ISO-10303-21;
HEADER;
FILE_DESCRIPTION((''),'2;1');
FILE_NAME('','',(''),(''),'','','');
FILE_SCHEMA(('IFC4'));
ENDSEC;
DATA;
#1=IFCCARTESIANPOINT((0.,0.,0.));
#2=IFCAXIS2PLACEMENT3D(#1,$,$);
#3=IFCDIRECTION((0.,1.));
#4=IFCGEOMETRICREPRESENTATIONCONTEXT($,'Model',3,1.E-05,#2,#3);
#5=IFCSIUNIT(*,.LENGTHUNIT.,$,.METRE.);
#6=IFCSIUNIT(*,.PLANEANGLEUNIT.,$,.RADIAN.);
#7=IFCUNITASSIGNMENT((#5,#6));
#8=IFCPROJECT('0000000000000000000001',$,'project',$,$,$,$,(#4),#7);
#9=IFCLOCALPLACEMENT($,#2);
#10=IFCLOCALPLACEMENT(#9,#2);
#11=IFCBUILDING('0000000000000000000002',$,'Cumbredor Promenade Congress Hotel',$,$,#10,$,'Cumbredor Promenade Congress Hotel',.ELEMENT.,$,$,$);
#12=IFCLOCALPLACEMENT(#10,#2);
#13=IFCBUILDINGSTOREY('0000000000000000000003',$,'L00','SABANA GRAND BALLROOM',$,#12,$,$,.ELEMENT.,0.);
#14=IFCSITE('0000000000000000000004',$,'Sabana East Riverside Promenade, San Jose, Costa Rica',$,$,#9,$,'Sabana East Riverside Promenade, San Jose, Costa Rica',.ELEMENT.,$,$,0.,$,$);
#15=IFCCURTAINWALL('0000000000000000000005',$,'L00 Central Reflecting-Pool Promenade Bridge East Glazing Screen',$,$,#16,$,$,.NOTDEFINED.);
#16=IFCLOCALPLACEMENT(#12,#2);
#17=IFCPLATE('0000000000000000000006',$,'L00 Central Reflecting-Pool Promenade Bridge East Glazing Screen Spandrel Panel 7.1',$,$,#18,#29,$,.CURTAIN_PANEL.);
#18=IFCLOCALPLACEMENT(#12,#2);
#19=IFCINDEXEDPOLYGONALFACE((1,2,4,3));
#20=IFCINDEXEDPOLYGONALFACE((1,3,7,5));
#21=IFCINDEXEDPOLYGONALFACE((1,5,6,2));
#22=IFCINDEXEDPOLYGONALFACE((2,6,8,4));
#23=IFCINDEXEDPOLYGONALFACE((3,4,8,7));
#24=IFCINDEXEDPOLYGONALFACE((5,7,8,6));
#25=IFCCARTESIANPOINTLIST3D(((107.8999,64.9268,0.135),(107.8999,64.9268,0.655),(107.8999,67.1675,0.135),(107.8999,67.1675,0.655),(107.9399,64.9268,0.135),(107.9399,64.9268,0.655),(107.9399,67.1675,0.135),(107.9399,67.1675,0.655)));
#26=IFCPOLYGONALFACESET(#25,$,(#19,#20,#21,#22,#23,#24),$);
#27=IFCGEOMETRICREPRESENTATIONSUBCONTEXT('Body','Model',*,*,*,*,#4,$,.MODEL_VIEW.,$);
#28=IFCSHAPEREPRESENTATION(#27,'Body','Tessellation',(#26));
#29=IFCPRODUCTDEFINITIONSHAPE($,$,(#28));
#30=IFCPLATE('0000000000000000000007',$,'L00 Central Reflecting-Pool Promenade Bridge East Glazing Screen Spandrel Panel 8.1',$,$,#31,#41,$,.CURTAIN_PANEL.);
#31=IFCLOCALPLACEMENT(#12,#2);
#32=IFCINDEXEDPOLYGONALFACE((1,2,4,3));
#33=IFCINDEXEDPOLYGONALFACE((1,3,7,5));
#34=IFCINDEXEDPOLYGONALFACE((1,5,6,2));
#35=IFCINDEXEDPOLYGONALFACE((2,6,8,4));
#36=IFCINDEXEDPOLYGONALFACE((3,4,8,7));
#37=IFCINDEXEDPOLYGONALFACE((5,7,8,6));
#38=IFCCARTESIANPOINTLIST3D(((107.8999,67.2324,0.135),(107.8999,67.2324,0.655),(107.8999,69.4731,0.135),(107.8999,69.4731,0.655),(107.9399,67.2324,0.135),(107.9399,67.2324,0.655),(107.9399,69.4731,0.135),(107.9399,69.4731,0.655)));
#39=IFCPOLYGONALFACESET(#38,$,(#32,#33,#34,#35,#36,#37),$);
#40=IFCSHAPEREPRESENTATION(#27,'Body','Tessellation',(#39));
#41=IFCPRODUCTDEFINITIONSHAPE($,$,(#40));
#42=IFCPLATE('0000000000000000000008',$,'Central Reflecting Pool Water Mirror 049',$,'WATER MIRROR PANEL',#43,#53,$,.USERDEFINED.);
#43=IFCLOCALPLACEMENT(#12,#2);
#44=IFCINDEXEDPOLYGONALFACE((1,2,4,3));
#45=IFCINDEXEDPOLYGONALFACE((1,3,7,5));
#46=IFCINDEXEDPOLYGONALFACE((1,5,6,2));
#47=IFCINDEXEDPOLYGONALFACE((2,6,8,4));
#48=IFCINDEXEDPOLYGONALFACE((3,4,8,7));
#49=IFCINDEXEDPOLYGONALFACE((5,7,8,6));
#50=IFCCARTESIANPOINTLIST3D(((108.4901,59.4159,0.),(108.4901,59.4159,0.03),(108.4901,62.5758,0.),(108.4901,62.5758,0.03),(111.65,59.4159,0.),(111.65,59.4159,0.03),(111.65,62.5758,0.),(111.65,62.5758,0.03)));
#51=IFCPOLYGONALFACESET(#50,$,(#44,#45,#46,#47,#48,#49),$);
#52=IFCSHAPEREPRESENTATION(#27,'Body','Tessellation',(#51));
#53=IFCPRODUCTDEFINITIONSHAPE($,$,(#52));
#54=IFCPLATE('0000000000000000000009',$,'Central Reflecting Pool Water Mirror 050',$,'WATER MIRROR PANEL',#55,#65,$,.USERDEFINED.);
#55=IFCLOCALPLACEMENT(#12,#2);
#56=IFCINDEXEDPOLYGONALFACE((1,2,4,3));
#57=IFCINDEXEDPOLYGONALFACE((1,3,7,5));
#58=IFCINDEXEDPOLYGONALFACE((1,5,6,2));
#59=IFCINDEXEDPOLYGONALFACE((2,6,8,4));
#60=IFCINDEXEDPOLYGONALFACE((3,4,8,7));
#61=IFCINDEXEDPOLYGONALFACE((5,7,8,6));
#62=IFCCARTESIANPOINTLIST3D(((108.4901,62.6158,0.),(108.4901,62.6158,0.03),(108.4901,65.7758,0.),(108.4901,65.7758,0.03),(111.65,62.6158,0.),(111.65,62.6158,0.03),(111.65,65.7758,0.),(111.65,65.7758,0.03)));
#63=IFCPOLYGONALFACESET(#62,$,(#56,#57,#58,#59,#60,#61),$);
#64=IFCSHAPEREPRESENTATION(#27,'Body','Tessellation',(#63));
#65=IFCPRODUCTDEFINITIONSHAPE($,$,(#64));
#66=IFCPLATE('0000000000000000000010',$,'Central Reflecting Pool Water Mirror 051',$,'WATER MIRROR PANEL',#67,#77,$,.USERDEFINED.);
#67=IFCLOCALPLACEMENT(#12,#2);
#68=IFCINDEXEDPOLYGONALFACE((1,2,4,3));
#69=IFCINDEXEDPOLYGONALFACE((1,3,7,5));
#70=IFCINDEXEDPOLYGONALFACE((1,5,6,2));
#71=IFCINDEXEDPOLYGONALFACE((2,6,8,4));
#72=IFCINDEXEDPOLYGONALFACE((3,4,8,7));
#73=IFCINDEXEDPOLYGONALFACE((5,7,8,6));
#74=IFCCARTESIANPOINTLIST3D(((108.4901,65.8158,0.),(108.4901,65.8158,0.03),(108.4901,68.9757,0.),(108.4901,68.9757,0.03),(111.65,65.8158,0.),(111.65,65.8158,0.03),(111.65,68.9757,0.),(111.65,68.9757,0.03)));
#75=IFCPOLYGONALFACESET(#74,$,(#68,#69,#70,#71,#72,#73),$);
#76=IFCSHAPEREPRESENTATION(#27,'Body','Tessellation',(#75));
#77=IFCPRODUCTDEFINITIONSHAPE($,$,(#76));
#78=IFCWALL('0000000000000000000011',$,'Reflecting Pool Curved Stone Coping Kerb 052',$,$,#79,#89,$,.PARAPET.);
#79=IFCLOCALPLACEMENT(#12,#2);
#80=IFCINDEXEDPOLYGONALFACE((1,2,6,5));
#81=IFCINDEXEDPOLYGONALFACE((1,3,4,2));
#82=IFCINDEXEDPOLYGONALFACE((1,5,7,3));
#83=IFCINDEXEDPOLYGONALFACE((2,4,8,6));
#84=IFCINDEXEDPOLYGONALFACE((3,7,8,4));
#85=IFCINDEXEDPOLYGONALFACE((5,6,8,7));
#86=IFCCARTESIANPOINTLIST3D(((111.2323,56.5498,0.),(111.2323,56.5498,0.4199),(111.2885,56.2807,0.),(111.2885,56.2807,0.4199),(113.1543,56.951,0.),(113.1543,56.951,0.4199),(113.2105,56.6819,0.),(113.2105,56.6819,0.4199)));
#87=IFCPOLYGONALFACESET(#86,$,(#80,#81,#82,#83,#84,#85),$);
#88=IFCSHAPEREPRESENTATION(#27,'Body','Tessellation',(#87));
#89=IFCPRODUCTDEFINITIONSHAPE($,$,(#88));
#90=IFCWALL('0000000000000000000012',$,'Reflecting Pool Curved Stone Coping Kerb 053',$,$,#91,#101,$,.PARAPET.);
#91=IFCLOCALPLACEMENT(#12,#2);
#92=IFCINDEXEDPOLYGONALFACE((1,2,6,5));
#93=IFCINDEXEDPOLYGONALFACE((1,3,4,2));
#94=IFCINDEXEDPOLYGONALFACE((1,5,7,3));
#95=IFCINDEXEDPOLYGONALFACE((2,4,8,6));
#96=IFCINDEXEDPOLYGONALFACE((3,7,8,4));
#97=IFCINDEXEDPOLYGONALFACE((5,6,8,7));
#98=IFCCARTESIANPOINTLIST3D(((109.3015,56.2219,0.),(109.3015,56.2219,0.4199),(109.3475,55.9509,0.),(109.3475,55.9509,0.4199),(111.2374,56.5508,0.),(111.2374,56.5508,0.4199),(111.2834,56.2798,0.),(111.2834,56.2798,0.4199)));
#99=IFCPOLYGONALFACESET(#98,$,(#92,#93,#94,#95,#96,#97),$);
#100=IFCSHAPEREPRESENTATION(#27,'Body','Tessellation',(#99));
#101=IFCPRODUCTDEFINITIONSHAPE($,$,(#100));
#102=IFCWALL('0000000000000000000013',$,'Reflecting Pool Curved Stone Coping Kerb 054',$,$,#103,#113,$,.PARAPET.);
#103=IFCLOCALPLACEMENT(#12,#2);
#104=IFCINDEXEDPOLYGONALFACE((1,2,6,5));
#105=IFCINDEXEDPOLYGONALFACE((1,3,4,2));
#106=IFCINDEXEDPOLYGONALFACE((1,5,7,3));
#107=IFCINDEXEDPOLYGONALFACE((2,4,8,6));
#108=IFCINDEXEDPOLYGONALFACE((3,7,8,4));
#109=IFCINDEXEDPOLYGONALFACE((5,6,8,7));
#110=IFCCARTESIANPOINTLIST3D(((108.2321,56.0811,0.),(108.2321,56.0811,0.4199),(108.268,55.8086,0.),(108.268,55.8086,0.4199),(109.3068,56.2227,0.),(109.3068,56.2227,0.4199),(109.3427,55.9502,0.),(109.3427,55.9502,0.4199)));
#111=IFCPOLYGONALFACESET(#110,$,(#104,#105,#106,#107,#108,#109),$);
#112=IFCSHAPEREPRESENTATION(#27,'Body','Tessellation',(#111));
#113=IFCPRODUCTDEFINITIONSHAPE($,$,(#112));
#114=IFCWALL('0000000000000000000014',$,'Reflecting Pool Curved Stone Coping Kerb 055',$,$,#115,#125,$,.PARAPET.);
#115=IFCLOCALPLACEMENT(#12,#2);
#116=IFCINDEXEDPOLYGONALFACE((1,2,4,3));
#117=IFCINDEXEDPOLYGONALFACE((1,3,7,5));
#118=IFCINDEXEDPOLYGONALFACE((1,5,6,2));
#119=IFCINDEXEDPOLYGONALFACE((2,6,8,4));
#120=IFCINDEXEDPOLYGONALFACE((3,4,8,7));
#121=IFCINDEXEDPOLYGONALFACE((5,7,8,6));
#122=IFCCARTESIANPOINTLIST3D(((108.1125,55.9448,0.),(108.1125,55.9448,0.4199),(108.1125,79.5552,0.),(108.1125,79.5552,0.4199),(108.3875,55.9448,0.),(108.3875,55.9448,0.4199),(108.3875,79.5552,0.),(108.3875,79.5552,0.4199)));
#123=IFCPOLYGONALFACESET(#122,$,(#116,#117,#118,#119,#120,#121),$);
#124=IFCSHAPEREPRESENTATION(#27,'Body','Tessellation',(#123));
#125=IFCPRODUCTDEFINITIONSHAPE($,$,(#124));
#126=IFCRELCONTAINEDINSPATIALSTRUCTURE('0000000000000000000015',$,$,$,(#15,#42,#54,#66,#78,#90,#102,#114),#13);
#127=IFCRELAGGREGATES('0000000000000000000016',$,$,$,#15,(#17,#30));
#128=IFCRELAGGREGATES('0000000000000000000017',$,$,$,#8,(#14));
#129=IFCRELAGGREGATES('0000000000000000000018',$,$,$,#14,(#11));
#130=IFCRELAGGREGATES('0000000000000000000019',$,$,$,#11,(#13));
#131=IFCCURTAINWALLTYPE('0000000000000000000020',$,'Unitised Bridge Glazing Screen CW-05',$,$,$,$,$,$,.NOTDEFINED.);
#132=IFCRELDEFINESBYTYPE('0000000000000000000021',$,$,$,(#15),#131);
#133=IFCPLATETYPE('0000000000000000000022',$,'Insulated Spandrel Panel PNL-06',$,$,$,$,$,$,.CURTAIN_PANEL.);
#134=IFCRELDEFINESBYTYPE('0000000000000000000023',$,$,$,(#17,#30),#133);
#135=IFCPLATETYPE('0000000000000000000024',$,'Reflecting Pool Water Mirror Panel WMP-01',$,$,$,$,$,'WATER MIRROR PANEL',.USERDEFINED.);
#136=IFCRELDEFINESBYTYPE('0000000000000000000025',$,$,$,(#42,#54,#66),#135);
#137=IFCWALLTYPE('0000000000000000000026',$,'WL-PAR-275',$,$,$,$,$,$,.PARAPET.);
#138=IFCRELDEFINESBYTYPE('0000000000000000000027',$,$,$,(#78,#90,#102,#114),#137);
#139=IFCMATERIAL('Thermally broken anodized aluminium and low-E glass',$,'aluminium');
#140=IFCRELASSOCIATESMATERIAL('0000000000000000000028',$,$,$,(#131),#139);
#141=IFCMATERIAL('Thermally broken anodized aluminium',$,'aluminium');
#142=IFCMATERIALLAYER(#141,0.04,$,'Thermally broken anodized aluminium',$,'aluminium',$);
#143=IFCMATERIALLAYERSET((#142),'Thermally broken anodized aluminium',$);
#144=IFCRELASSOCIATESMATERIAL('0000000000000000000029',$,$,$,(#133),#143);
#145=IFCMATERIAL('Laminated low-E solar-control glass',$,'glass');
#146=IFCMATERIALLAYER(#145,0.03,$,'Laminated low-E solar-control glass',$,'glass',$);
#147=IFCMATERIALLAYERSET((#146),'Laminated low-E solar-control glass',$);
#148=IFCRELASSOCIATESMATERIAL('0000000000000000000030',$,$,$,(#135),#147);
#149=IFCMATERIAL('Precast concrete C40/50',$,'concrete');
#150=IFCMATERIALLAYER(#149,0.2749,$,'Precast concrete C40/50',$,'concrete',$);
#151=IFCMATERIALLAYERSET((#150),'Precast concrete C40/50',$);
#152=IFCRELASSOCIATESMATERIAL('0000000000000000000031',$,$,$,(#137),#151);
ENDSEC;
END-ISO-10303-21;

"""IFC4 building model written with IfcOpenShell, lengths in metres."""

from ifc_helpers import new_model, si_unit, direction, frame, frame_2d, origin, origin_2d, place, context, subcontext, project, spatial, rectangle, extrude, material, layer, layer_set, type_object, element, aggregate, save


model = new_model("IFC4")

# Units and contexts
model_context = context("Model", 3, precision=1e-05, world=origin(), true_north=direction((0.0, 1.0)))
body_context = subcontext(model_context, "Body", "Model", "MODEL_VIEW")
ifc_project = project(units=[si_unit("LENGTHUNIT", "METRE"), si_unit("PLANEANGLEUNIT", "RADIAN")], contexts=[model_context])

# Site, building, storey
site_placement = place(None, origin())
site = spatial("IfcSite", under=ifc_project, at=site_placement, Name="Sabana East Riverside Promenade, San Jose, Costa Rica", LongName="Sabana East Riverside Promenade, San Jose, Costa Rica", CompositionType="ELEMENT", RefElevation=0.0)
building_placement = place(site_placement, origin())
building = spatial("IfcBuilding", under=site, at=building_placement, Name="Cumbredor Promenade Congress Hotel", LongName="Cumbredor Promenade Congress Hotel", CompositionType="ELEMENT")
storey_placement = place(building_placement, origin())
storey = spatial("IfcBuildingStorey", under=building, at=storey_placement, Name="L00", Description="SABANA GRAND BALLROOM", CompositionType="ELEMENT", Elevation=0.0)

# Curtain wall, plates
ifc_material_1 = material(Name="Thermally broken anodized aluminium and low-E glass", Category="aluminium")
curtain_wall_type = type_object("IfcCurtainWallType", Name="Unitised Bridge Glazing Screen CW-05", PredefinedType="NOTDEFINED", material=ifc_material_1)
curtain_wall_placement = place(storey_placement, origin())
curtain_wall = element("IfcCurtainWall", 1, at=curtain_wall_placement, inside=storey, type_object=curtain_wall_type, Name="L00 Central Reflecting-Pool Promenade Bridge East Glazing Screen", PredefinedType="NOTDEFINED")
ifc_material_2 = material(Name="Thermally broken anodized aluminium", Category="aluminium")
ifc_material_3 = material(Name="Laminated low-E solar-control glass", Category="glass")
ifc_layer_1 = layer(ifc_material_2, 0.04, Name="Thermally broken anodized aluminium", Category="aluminium")
ifc_layer_set_1 = layer_set([ifc_layer_1], Name="Thermally broken anodized aluminium")
plate_type_1 = type_object("IfcPlateType", Name="Insulated Spandrel Panel PNL-06", PredefinedType="CURTAIN_PANEL", material=ifc_layer_set_1)
plate_1_placement = place(storey_placement, frame((107.9199, 66.0471, 0.135), z_axis=(0.0, 0.0, 1.0), x_axis=(0.0, 1.0, 0.0)))
plate_1 = element("IfcPlate", 2, at=plate_1_placement, type_object=plate_type_1, Name="L00 Central Reflecting-Pool Promenade Bridge East Glazing Screen Spandrel Panel 7.1", PredefinedType="CURTAIN_PANEL", context=body_context, shape_type="SweptSolid", body=[
    extrude(rectangle(XDim=2.2407, YDim=0.04, at=origin_2d()), origin(), (0.0, 0.0, 1.0), 0.52),
])
plate_2_placement = place(storey_placement, frame((107.9199, 68.3528, 0.135), z_axis=(0.0, 0.0, 1.0), x_axis=(0.0, 1.0, 0.0)))
plate_2 = element("IfcPlate", 3, at=plate_2_placement, type_object=plate_type_1, Name="L00 Central Reflecting-Pool Promenade Bridge East Glazing Screen Spandrel Panel 8.1", PredefinedType="CURTAIN_PANEL", context=body_context, shape_type="SweptSolid", body=[
    extrude(rectangle(XDim=2.2407, YDim=0.04, at=origin_2d()), origin(), (0.0, 0.0, 1.0), 0.52),
])
aggregate(curtain_wall, [plate_1, plate_2])

# Plates
ifc_layer_2 = layer(ifc_material_3, 0.03, Name="Laminated low-E solar-control glass", Category="glass")
ifc_layer_set_2 = layer_set([ifc_layer_2], Name="Laminated low-E solar-control glass")
plate_type_2 = type_object("IfcPlateType", Name="Reflecting Pool Water Mirror Panel WMP-01", ElementType="WATER MIRROR PANEL", PredefinedType="USERDEFINED", material=ifc_layer_set_2)
for number, where, z_axis, x_axis, name in (
    (4, (110.0701, 60.9958, 0.0), (0.0, 0.0, 1.0), (1.0, 0.0, 0.0), "Central Reflecting Pool Water Mirror 049"),
    (5, (110.0701, 64.1958, 0.0), (0.0, 0.0, 1.0), (1.0, 0.0, 0.0), "Central Reflecting Pool Water Mirror 050"),
    (6, (110.0701, 67.3958, 0.0), (0.0, 0.0, 1.0), (1.0, 0.0, 0.0), "Central Reflecting Pool Water Mirror 051"),
):
    element("IfcPlate", number, at=place(storey_placement, frame(where, z_axis=z_axis, x_axis=x_axis)), inside=storey, type_object=plate_type_2, Name=name, ObjectType="WATER MIRROR PANEL", PredefinedType="USERDEFINED", context=body_context, shape_type="SweptSolid", body=[
        extrude(rectangle(XDim=3.1599, YDim=3.1599, at=origin_2d()), origin(), (0.0, 0.0, 1.0), 0.03),
    ])

# Walls
ifc_material_4 = material(Name="Precast concrete C40/50", Category="concrete")
ifc_layer_3 = layer(ifc_material_4, 0.2749, Name="Precast concrete C40/50", Category="concrete")
ifc_layer_set_3 = layer_set([ifc_layer_3], Name="Precast concrete C40/50")
wall_type = type_object("IfcWallType", Name="WL-PAR-275", PredefinedType="PARAPET", material=ifc_layer_set_3)
wall_1_placement = place(storey_placement, frame((113.1824, 56.8164, 0.0), z_axis=(0.0, 0.0, 1.0), x_axis=(-0.978906, -0.204312, 0.0)))
element("IfcWall", 7, at=wall_1_placement, inside=storey, type_object=wall_type, Name="Reflecting Pool Curved Stone Coping Kerb 052", PredefinedType="PARAPET", context=body_context, shape_type="SweptSolid", body=[
    extrude(rectangle(XDim=1.9634, YDim=0.2749, at=frame_2d((0.9817, 0.0))), origin(), (0.0, 0.0, 1.0), 0.4199),
])
wall_2_placement = place(storey_placement, frame((111.2605, 56.4153, 0.0), z_axis=(0.0, 0.0, 1.0), x_axis=(-0.985875, -0.167483, 0.0)))
element("IfcWall", 8, at=wall_2_placement, inside=storey, type_object=wall_type, Name="Reflecting Pool Curved Stone Coping Kerb 053", PredefinedType="PARAPET", context=body_context, shape_type="SweptSolid", body=[
    extrude(rectangle(XDim=1.9636, YDim=0.2749, at=frame_2d((0.9819, 0.0))), origin(), (0.0, 0.0, 1.0), 0.4199),
])
wall_3_placement = place(storey_placement, frame((109.3247, 56.0864, 0.0), z_axis=(0.0, 0.0, 1.0), x_axis=(-0.991431, -0.130629, 0.0)))
element("IfcWall", 9, at=wall_3_placement, inside=storey, type_object=wall_type, Name="Reflecting Pool Curved Stone Coping Kerb 054", PredefinedType="PARAPET", context=body_context, shape_type="SweptSolid", body=[
    extrude(rectangle(XDim=1.084, YDim=0.2749, at=frame_2d((0.542, 0.0))), origin(), (0.0, 0.0, 1.0), 0.4199),
])
wall_4_placement = place(storey_placement, frame((108.25, 55.9448, 0.0), z_axis=(0.0, 0.0, 1.0), x_axis=(0.0, 1.0, 0.0)))
element("IfcWall", 10, at=wall_4_placement, inside=storey, type_object=wall_type, Name="Reflecting Pool Curved Stone Coping Kerb 055", PredefinedType="PARAPET", context=body_context, shape_type="SweptSolid", body=[
    extrude(rectangle(XDim=23.6104, YDim=0.2749, at=frame_2d((11.8052, 0.0))), origin(), (0.0, 0.0, 1.0), 0.4199),
])

save(model, "model.ifc")
